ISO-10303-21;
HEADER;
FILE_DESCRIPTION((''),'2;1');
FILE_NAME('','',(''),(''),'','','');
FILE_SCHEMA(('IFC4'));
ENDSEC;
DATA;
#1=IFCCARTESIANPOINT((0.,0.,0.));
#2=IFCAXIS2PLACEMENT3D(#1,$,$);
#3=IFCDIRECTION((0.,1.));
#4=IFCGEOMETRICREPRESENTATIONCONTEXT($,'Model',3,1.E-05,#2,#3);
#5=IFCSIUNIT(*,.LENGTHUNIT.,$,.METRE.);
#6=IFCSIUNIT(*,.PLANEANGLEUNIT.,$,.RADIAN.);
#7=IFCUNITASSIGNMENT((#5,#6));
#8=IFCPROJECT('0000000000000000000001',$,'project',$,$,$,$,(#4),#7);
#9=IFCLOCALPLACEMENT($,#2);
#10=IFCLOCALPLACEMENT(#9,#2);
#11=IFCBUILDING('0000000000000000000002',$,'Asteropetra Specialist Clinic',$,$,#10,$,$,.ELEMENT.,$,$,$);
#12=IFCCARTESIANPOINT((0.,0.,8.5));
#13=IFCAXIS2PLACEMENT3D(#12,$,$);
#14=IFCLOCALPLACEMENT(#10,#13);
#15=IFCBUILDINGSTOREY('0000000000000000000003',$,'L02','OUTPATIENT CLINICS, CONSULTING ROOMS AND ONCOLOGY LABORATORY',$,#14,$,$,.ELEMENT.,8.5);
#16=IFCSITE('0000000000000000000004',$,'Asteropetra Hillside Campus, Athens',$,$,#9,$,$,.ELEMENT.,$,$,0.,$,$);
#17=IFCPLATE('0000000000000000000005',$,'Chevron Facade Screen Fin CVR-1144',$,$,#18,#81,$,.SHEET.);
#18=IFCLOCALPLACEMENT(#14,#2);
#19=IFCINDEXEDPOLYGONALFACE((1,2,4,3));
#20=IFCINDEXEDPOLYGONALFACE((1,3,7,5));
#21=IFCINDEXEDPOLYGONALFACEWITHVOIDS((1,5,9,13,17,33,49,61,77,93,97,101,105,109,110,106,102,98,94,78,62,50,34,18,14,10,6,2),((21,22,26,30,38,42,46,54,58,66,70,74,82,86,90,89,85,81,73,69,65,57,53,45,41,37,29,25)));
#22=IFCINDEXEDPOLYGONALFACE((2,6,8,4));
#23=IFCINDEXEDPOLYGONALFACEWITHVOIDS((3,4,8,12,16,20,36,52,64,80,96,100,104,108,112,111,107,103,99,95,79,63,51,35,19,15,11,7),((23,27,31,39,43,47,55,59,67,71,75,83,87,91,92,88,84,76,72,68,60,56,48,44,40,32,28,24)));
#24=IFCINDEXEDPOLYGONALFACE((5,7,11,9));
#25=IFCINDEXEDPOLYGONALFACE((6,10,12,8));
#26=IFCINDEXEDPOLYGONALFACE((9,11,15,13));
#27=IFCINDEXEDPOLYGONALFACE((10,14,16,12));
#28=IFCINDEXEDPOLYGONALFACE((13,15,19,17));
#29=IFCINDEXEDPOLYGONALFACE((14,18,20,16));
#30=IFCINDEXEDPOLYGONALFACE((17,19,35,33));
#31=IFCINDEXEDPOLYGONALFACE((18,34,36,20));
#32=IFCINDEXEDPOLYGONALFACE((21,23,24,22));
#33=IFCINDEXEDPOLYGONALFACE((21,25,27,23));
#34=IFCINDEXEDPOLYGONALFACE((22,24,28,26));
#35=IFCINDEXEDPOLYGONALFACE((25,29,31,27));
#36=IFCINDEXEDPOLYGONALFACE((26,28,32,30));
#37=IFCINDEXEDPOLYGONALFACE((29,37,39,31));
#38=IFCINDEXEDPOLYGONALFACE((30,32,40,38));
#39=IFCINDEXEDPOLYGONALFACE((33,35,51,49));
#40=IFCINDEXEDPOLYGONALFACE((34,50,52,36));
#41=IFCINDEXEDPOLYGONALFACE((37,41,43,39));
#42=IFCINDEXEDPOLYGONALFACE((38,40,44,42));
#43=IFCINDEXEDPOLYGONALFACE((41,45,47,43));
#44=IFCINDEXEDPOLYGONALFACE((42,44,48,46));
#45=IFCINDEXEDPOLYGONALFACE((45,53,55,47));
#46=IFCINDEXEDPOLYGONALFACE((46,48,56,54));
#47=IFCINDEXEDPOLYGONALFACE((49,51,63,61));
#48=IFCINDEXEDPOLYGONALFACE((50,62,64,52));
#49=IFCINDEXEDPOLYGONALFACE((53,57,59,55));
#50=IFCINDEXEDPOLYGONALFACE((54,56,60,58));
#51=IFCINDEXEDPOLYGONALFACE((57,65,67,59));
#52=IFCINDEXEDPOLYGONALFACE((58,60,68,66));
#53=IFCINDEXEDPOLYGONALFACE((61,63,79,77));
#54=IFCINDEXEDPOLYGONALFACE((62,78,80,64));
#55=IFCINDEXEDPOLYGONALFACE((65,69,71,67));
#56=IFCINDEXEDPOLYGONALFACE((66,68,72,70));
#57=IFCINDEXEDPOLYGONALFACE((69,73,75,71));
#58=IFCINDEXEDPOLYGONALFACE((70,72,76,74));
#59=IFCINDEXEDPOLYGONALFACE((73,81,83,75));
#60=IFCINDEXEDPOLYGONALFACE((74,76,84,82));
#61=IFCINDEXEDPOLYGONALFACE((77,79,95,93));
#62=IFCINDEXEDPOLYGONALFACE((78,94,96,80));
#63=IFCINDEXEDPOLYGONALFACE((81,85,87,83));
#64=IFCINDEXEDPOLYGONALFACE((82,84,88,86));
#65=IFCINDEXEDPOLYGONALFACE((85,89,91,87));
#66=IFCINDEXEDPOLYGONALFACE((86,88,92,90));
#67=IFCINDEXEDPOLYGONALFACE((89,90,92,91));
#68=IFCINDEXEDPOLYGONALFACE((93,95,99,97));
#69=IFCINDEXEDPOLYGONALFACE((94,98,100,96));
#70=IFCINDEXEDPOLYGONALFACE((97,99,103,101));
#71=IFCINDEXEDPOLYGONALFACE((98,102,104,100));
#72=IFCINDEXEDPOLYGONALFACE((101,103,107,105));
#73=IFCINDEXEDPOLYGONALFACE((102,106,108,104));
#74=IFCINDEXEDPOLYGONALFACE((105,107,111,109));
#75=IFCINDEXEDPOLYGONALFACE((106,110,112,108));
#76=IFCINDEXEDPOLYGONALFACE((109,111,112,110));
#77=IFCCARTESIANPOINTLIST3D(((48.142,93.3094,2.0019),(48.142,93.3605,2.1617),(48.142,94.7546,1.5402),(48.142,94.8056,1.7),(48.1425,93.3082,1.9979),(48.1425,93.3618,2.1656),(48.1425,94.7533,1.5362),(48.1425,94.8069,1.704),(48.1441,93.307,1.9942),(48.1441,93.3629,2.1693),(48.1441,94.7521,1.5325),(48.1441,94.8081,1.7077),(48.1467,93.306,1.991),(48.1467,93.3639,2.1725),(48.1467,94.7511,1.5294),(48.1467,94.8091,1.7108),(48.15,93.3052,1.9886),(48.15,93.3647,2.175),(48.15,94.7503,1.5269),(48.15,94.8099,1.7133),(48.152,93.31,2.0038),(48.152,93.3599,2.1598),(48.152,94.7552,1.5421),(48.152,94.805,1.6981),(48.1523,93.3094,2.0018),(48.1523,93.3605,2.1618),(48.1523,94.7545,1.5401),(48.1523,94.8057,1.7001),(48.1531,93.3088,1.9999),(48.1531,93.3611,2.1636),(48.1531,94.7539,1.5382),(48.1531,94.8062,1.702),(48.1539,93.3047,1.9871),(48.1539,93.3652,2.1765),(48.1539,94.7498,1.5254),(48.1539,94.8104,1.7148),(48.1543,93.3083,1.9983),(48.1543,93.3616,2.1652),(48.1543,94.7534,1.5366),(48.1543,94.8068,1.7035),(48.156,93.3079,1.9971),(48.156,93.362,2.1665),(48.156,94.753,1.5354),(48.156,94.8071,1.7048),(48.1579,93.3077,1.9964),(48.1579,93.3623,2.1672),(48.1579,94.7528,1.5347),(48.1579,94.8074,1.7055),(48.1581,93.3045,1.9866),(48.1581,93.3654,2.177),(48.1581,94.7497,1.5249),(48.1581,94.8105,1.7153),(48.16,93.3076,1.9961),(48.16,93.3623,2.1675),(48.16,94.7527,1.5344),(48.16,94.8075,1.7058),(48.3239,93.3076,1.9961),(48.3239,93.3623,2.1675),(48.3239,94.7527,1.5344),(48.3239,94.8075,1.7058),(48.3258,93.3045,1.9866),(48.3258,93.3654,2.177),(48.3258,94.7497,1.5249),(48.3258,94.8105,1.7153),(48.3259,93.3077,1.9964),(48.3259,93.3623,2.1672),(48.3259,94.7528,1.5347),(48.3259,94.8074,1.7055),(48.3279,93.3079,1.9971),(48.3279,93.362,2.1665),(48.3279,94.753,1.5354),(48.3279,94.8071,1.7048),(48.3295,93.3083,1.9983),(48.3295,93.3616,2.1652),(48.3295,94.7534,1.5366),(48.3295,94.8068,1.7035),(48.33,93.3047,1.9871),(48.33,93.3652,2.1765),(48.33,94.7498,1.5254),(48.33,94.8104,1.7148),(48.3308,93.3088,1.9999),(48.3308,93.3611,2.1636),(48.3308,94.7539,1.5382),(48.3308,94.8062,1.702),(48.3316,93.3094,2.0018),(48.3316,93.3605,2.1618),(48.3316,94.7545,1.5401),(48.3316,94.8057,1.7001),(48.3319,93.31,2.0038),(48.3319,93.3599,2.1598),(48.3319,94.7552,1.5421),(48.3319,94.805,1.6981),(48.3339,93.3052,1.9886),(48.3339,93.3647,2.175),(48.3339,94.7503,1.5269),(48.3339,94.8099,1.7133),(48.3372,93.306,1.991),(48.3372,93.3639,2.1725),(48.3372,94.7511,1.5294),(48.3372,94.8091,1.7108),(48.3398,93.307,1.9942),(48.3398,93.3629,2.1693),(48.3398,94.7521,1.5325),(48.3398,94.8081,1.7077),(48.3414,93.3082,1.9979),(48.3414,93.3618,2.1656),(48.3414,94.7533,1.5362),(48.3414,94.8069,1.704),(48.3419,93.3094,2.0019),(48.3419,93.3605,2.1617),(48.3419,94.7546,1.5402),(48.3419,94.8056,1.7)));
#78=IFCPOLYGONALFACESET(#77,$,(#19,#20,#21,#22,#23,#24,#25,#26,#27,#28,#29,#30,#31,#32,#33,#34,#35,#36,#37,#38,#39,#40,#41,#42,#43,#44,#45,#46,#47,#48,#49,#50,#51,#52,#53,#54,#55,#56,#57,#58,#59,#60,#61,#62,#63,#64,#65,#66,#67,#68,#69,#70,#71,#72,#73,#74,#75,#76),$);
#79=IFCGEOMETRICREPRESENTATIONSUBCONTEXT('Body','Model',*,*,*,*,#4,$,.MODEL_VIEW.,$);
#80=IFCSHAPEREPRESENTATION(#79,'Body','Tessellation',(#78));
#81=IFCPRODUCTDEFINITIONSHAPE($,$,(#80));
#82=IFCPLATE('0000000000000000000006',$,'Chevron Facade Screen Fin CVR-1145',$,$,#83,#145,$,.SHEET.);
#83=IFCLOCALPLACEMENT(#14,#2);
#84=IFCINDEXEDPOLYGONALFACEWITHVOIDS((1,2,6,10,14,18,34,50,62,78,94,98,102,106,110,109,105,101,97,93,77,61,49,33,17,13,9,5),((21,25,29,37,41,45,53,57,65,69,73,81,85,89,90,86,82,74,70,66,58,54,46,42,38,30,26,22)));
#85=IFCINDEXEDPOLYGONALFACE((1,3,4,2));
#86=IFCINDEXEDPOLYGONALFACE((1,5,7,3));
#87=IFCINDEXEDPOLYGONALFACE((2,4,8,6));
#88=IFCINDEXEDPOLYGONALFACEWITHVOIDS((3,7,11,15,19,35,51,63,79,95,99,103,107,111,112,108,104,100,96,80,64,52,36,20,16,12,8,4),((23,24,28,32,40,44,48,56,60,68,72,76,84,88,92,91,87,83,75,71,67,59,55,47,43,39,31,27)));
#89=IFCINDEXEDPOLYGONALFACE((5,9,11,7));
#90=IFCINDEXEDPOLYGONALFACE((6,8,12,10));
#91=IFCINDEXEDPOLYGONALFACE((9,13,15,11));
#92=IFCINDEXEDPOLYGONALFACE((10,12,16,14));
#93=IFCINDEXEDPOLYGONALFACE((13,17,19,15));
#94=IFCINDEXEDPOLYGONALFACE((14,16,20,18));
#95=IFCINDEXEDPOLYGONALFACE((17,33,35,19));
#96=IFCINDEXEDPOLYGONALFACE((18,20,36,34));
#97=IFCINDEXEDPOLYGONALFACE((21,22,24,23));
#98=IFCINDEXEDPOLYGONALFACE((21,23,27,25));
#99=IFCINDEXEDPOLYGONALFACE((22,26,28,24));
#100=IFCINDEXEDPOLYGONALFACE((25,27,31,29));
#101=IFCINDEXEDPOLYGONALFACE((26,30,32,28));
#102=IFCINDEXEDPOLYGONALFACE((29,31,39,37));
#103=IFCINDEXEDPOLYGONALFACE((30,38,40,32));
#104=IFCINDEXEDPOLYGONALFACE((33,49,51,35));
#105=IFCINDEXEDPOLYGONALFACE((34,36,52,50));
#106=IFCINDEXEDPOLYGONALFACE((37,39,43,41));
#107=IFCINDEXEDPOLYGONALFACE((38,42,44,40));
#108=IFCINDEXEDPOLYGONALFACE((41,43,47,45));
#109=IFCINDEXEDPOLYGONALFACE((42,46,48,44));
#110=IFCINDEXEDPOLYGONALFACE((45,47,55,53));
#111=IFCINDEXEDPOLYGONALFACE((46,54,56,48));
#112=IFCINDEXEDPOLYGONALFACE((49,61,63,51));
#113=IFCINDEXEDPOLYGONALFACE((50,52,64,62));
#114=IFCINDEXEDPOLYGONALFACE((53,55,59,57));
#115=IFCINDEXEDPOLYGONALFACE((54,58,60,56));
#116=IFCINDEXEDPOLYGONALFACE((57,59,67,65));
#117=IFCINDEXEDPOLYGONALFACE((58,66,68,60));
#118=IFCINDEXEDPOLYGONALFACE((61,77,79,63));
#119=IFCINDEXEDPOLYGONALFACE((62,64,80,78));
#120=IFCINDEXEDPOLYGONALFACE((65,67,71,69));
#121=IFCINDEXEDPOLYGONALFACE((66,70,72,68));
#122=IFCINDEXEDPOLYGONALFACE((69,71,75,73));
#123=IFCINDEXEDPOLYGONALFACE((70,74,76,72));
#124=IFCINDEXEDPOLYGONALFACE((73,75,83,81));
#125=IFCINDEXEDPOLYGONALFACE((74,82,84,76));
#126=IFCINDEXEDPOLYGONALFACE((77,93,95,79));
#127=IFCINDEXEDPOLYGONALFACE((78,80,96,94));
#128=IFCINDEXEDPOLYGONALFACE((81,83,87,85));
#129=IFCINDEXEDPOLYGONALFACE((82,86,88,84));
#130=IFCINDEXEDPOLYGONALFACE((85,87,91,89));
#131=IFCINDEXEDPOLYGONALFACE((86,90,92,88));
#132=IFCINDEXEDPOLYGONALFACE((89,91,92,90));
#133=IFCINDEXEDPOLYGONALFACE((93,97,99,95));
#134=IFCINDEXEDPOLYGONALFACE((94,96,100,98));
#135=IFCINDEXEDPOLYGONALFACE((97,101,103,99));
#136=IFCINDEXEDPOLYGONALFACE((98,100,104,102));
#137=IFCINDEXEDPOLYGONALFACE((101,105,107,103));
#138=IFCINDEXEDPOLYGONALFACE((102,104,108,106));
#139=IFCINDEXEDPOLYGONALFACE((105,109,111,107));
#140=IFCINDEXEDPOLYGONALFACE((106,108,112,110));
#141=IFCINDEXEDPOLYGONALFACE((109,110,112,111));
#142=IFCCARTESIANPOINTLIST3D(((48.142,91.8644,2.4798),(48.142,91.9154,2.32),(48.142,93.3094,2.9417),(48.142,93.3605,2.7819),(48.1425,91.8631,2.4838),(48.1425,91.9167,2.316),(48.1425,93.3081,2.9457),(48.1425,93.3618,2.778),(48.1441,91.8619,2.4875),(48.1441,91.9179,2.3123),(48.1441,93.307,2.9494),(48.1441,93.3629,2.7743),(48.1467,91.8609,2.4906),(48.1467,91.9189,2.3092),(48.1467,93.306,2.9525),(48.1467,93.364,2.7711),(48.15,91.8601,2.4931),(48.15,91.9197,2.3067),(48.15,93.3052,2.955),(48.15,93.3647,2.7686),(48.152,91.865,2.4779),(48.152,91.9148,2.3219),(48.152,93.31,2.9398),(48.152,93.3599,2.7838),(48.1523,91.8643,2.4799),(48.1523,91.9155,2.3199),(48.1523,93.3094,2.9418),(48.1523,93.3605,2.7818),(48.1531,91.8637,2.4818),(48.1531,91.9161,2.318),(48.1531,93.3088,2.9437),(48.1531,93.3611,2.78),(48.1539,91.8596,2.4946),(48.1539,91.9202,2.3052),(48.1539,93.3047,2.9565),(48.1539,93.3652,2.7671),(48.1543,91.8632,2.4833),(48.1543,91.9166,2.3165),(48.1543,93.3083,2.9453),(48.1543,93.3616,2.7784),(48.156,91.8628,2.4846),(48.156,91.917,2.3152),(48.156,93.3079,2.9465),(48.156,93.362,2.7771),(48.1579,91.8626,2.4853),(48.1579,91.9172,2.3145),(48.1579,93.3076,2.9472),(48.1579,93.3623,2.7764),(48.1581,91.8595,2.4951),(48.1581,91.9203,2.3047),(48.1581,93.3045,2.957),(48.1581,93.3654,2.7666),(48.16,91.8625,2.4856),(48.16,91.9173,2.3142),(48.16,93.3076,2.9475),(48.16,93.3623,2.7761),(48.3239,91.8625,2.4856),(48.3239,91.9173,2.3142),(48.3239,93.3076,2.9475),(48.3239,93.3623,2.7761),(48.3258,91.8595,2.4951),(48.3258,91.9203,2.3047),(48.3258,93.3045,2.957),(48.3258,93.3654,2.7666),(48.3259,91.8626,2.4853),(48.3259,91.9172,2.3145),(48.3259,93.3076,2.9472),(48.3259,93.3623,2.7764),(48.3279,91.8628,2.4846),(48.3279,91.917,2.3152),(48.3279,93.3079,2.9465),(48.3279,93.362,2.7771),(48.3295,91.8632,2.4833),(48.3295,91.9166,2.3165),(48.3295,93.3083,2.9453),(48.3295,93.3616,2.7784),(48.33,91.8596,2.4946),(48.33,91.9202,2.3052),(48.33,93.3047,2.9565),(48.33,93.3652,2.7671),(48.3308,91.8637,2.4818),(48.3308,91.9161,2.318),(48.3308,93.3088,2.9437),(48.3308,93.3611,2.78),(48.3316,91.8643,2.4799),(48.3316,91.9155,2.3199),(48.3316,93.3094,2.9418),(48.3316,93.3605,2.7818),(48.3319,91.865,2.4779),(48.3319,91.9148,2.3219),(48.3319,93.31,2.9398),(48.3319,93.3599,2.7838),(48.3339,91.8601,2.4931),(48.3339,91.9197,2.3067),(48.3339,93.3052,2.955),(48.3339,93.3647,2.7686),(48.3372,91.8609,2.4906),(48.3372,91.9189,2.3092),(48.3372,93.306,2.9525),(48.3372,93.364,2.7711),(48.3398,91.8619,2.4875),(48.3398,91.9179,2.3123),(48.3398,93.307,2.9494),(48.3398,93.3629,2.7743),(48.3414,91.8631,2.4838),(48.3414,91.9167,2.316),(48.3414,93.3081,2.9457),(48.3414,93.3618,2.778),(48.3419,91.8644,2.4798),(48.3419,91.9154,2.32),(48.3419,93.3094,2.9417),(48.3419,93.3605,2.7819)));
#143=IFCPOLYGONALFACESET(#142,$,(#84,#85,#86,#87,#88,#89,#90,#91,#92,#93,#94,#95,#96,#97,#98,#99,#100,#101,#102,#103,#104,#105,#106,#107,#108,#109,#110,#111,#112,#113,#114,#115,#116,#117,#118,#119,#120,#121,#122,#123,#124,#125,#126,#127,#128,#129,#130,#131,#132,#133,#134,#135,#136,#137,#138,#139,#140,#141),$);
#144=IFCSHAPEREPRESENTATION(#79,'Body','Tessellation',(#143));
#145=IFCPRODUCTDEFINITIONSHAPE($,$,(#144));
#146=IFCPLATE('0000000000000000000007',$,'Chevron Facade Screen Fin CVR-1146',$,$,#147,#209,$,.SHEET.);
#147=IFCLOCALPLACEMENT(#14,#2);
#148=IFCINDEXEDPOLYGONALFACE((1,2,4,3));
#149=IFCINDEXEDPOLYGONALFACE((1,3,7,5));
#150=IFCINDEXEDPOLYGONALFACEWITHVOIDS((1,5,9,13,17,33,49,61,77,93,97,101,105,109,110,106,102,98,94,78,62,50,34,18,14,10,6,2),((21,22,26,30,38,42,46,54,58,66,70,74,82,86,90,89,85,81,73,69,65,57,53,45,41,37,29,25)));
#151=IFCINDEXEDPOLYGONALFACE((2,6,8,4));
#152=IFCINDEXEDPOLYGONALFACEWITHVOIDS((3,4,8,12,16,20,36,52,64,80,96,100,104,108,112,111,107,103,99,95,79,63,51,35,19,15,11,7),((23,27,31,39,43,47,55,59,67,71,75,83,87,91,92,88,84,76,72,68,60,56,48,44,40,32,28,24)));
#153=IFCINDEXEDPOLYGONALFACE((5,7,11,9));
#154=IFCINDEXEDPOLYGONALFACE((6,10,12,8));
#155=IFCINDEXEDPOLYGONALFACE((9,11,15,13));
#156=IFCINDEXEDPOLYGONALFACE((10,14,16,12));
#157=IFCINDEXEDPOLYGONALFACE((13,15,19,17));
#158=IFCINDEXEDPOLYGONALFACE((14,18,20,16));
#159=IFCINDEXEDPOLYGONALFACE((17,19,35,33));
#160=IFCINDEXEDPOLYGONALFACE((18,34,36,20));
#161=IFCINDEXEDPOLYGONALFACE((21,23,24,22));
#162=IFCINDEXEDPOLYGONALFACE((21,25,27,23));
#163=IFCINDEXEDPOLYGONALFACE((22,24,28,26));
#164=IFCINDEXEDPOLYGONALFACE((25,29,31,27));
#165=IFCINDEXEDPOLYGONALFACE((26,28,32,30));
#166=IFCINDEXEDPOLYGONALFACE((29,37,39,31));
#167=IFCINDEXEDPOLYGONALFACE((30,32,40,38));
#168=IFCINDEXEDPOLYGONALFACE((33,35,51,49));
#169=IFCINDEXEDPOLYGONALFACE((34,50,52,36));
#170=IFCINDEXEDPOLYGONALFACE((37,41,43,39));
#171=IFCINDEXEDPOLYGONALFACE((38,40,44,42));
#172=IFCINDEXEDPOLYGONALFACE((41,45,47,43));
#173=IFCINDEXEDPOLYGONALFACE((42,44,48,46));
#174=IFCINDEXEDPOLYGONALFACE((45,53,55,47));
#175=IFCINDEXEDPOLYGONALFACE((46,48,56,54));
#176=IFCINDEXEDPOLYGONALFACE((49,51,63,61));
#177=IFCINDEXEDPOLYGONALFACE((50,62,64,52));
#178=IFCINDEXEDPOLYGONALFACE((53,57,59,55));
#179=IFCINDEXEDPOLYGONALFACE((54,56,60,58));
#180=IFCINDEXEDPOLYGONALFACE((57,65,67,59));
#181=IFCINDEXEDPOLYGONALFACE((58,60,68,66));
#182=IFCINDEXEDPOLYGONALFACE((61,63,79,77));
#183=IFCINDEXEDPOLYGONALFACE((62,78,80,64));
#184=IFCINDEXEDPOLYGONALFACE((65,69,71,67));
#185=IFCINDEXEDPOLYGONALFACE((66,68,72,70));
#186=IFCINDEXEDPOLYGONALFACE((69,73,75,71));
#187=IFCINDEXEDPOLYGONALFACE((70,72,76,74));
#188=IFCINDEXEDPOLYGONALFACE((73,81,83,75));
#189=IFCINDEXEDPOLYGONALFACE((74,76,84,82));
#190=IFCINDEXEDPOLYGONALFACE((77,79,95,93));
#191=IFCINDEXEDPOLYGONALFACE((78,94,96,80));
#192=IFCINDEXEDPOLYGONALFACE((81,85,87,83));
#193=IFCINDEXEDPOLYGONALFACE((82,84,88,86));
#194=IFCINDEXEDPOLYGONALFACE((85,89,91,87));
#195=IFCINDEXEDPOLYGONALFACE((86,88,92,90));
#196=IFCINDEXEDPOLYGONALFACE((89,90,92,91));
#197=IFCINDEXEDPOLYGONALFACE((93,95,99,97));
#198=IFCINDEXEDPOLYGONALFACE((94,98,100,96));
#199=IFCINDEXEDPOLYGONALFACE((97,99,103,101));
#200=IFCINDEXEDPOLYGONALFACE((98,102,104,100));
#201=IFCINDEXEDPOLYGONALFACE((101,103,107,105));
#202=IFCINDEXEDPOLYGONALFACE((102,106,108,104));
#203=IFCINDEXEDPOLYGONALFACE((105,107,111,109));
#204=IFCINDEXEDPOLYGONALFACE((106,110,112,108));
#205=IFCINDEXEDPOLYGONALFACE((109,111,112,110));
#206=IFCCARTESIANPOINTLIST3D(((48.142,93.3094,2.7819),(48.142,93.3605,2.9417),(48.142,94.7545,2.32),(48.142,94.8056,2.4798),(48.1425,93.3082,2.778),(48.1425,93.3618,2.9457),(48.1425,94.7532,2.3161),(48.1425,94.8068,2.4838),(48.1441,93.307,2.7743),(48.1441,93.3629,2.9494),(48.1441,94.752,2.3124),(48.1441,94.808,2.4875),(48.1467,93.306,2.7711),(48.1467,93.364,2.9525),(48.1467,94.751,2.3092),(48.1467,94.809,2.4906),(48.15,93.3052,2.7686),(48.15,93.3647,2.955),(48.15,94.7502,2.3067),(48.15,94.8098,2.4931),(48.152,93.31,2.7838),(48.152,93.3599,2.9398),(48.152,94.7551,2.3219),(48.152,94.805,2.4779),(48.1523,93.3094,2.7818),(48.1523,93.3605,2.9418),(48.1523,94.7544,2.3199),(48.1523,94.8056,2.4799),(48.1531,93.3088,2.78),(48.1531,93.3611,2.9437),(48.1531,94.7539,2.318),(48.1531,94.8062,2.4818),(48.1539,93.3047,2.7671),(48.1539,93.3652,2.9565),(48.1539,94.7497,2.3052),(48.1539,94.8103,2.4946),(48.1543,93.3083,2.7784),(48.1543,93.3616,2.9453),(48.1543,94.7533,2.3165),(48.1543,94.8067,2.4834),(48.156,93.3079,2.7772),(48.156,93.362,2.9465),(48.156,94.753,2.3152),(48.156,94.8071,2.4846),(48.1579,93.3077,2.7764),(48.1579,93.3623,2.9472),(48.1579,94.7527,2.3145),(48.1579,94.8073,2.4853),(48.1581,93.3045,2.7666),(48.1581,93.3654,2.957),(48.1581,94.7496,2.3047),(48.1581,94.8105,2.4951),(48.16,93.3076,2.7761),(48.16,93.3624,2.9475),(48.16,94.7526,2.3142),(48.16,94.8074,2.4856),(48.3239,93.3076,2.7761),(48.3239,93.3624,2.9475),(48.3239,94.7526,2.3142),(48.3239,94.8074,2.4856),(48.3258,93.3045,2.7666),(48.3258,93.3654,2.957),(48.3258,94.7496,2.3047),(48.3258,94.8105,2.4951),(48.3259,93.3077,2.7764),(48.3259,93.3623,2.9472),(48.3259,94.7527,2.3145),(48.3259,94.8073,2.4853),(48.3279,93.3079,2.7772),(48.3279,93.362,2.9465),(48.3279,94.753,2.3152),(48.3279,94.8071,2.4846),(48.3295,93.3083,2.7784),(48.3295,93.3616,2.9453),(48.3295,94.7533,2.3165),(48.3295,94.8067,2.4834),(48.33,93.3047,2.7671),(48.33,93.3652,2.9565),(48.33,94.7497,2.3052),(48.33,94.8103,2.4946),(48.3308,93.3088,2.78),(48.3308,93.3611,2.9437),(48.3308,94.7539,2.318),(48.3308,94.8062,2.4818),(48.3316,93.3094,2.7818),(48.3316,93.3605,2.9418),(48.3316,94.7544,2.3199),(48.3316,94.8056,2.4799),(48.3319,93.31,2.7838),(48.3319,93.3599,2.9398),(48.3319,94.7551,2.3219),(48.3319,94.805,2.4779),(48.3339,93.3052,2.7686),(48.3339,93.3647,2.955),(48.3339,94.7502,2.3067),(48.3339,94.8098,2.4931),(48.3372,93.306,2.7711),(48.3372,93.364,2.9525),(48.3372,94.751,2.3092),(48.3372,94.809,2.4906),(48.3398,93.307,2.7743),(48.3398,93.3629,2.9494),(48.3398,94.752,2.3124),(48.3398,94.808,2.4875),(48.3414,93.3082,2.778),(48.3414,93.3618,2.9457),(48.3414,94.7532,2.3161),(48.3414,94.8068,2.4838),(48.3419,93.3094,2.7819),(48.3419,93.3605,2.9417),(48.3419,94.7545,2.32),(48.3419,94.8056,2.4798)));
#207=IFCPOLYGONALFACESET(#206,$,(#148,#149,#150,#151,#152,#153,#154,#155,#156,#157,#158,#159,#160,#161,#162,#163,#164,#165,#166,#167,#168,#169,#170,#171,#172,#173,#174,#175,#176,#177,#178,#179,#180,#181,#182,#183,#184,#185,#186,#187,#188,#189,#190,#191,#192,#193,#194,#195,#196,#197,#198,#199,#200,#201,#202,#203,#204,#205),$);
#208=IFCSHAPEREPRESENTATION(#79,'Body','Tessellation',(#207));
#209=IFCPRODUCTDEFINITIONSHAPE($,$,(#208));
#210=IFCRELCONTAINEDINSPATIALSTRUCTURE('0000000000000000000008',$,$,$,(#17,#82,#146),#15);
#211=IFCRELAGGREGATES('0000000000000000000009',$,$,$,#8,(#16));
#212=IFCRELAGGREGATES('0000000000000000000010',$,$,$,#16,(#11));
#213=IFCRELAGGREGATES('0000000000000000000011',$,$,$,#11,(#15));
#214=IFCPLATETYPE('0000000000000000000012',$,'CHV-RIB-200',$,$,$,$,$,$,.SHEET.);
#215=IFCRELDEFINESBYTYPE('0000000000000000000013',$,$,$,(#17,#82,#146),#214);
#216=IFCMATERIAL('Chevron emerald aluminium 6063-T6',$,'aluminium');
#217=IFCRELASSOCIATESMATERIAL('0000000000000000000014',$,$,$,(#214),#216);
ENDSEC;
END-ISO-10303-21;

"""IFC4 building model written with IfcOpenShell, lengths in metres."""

from ifc_helpers import new_model, si_unit, direction, frame, origin, origin_2d, place, context, subcontext, project, spatial, hollow_rectangle, extrude, material, material_profile, profile_set, type_object, element, save


model = new_model("IFC4")

# Units and contexts
model_context = context("Model", 3, precision=1e-05, world=origin(), true_north=direction((0.0, 1.0)))
body_context = subcontext(model_context, "Body", "Model", "MODEL_VIEW")
ifc_project = project(units=[si_unit("LENGTHUNIT", "METRE"), si_unit("PLANEANGLEUNIT", "RADIAN")], contexts=[model_context])

# Site, building, storey
site_placement = place(None, origin())
site = spatial("IfcSite", under=ifc_project, at=site_placement, Name="Asteropetra Hillside Campus, Athens", CompositionType="ELEMENT", RefElevation=0.0)
building_placement = place(site_placement, origin())
building = spatial("IfcBuilding", under=site, at=building_placement, Name="Asteropetra Specialist Clinic", CompositionType="ELEMENT")
storey_placement = place(building_placement, frame((0.0, 0.0, 8.5)))
storey = spatial("IfcBuildingStorey", under=building, at=storey_placement, Name="L02", Description="OUTPATIENT CLINICS, CONSULTING ROOMS AND ONCOLOGY LABORATORY", CompositionType="ELEMENT", Elevation=8.5)

# Plates
ifc_material_1 = material(Name="Chevron emerald aluminium 6063-T6", Category="aluminium")
ifc_material_profile_1 = material_profile(ifc_material_1, hollow_rectangle(XDim=0.2, YDim=0.2, WallThickness=0.01, InnerFilletRadius=0.0081, OuterFilletRadius=0.0161, at=origin_2d()), Name="SHS 200x200x10.0")
ifc_profile_set_1 = profile_set([ifc_material_profile_1], Name="Chevron emerald aluminium 6063-T6")
plate_type_1 = type_object("IfcPlateType", Name="CHV-RIB-200", PredefinedType="SHEET", material=ifc_profile_set_1)
for number, where, z_axis, x_axis, name in (
    (1, (48.2419, 93.335, 2.0818), (0.0, 0.952568, -0.304326), (-1.0, 0.0, 0.0), "Chevron Facade Screen Fin CVR-1144"),
    (2, (48.2419, 91.8899, 2.3999), (0.0, 0.952521, 0.304472), (-1.0, 0.0, 0.0), "Chevron Facade Screen Fin CVR-1145"),
    (3, (48.2419, 93.335, 2.8618), (0.0, 0.952521, -0.304472), (-1.0, 0.0, 0.0), "Chevron Facade Screen Fin CVR-1146"),
):
    element("IfcPlate", number, at=place(storey_placement, frame(where, z_axis=z_axis, x_axis=x_axis)), inside=storey, type_object=plate_type_1, Name=name, PredefinedType="SHEET", context=body_context, shape_type="SweptSolid", body=[
        extrude(hollow_rectangle(XDim=0.2, YDim=0.2, WallThickness=0.01, InnerFilletRadius=0.0081, OuterFilletRadius=0.0161, at=origin_2d()), origin(), (0.0, 0.0, 1.0), 1.5171),
    ])

save(model, "model.ifc")
